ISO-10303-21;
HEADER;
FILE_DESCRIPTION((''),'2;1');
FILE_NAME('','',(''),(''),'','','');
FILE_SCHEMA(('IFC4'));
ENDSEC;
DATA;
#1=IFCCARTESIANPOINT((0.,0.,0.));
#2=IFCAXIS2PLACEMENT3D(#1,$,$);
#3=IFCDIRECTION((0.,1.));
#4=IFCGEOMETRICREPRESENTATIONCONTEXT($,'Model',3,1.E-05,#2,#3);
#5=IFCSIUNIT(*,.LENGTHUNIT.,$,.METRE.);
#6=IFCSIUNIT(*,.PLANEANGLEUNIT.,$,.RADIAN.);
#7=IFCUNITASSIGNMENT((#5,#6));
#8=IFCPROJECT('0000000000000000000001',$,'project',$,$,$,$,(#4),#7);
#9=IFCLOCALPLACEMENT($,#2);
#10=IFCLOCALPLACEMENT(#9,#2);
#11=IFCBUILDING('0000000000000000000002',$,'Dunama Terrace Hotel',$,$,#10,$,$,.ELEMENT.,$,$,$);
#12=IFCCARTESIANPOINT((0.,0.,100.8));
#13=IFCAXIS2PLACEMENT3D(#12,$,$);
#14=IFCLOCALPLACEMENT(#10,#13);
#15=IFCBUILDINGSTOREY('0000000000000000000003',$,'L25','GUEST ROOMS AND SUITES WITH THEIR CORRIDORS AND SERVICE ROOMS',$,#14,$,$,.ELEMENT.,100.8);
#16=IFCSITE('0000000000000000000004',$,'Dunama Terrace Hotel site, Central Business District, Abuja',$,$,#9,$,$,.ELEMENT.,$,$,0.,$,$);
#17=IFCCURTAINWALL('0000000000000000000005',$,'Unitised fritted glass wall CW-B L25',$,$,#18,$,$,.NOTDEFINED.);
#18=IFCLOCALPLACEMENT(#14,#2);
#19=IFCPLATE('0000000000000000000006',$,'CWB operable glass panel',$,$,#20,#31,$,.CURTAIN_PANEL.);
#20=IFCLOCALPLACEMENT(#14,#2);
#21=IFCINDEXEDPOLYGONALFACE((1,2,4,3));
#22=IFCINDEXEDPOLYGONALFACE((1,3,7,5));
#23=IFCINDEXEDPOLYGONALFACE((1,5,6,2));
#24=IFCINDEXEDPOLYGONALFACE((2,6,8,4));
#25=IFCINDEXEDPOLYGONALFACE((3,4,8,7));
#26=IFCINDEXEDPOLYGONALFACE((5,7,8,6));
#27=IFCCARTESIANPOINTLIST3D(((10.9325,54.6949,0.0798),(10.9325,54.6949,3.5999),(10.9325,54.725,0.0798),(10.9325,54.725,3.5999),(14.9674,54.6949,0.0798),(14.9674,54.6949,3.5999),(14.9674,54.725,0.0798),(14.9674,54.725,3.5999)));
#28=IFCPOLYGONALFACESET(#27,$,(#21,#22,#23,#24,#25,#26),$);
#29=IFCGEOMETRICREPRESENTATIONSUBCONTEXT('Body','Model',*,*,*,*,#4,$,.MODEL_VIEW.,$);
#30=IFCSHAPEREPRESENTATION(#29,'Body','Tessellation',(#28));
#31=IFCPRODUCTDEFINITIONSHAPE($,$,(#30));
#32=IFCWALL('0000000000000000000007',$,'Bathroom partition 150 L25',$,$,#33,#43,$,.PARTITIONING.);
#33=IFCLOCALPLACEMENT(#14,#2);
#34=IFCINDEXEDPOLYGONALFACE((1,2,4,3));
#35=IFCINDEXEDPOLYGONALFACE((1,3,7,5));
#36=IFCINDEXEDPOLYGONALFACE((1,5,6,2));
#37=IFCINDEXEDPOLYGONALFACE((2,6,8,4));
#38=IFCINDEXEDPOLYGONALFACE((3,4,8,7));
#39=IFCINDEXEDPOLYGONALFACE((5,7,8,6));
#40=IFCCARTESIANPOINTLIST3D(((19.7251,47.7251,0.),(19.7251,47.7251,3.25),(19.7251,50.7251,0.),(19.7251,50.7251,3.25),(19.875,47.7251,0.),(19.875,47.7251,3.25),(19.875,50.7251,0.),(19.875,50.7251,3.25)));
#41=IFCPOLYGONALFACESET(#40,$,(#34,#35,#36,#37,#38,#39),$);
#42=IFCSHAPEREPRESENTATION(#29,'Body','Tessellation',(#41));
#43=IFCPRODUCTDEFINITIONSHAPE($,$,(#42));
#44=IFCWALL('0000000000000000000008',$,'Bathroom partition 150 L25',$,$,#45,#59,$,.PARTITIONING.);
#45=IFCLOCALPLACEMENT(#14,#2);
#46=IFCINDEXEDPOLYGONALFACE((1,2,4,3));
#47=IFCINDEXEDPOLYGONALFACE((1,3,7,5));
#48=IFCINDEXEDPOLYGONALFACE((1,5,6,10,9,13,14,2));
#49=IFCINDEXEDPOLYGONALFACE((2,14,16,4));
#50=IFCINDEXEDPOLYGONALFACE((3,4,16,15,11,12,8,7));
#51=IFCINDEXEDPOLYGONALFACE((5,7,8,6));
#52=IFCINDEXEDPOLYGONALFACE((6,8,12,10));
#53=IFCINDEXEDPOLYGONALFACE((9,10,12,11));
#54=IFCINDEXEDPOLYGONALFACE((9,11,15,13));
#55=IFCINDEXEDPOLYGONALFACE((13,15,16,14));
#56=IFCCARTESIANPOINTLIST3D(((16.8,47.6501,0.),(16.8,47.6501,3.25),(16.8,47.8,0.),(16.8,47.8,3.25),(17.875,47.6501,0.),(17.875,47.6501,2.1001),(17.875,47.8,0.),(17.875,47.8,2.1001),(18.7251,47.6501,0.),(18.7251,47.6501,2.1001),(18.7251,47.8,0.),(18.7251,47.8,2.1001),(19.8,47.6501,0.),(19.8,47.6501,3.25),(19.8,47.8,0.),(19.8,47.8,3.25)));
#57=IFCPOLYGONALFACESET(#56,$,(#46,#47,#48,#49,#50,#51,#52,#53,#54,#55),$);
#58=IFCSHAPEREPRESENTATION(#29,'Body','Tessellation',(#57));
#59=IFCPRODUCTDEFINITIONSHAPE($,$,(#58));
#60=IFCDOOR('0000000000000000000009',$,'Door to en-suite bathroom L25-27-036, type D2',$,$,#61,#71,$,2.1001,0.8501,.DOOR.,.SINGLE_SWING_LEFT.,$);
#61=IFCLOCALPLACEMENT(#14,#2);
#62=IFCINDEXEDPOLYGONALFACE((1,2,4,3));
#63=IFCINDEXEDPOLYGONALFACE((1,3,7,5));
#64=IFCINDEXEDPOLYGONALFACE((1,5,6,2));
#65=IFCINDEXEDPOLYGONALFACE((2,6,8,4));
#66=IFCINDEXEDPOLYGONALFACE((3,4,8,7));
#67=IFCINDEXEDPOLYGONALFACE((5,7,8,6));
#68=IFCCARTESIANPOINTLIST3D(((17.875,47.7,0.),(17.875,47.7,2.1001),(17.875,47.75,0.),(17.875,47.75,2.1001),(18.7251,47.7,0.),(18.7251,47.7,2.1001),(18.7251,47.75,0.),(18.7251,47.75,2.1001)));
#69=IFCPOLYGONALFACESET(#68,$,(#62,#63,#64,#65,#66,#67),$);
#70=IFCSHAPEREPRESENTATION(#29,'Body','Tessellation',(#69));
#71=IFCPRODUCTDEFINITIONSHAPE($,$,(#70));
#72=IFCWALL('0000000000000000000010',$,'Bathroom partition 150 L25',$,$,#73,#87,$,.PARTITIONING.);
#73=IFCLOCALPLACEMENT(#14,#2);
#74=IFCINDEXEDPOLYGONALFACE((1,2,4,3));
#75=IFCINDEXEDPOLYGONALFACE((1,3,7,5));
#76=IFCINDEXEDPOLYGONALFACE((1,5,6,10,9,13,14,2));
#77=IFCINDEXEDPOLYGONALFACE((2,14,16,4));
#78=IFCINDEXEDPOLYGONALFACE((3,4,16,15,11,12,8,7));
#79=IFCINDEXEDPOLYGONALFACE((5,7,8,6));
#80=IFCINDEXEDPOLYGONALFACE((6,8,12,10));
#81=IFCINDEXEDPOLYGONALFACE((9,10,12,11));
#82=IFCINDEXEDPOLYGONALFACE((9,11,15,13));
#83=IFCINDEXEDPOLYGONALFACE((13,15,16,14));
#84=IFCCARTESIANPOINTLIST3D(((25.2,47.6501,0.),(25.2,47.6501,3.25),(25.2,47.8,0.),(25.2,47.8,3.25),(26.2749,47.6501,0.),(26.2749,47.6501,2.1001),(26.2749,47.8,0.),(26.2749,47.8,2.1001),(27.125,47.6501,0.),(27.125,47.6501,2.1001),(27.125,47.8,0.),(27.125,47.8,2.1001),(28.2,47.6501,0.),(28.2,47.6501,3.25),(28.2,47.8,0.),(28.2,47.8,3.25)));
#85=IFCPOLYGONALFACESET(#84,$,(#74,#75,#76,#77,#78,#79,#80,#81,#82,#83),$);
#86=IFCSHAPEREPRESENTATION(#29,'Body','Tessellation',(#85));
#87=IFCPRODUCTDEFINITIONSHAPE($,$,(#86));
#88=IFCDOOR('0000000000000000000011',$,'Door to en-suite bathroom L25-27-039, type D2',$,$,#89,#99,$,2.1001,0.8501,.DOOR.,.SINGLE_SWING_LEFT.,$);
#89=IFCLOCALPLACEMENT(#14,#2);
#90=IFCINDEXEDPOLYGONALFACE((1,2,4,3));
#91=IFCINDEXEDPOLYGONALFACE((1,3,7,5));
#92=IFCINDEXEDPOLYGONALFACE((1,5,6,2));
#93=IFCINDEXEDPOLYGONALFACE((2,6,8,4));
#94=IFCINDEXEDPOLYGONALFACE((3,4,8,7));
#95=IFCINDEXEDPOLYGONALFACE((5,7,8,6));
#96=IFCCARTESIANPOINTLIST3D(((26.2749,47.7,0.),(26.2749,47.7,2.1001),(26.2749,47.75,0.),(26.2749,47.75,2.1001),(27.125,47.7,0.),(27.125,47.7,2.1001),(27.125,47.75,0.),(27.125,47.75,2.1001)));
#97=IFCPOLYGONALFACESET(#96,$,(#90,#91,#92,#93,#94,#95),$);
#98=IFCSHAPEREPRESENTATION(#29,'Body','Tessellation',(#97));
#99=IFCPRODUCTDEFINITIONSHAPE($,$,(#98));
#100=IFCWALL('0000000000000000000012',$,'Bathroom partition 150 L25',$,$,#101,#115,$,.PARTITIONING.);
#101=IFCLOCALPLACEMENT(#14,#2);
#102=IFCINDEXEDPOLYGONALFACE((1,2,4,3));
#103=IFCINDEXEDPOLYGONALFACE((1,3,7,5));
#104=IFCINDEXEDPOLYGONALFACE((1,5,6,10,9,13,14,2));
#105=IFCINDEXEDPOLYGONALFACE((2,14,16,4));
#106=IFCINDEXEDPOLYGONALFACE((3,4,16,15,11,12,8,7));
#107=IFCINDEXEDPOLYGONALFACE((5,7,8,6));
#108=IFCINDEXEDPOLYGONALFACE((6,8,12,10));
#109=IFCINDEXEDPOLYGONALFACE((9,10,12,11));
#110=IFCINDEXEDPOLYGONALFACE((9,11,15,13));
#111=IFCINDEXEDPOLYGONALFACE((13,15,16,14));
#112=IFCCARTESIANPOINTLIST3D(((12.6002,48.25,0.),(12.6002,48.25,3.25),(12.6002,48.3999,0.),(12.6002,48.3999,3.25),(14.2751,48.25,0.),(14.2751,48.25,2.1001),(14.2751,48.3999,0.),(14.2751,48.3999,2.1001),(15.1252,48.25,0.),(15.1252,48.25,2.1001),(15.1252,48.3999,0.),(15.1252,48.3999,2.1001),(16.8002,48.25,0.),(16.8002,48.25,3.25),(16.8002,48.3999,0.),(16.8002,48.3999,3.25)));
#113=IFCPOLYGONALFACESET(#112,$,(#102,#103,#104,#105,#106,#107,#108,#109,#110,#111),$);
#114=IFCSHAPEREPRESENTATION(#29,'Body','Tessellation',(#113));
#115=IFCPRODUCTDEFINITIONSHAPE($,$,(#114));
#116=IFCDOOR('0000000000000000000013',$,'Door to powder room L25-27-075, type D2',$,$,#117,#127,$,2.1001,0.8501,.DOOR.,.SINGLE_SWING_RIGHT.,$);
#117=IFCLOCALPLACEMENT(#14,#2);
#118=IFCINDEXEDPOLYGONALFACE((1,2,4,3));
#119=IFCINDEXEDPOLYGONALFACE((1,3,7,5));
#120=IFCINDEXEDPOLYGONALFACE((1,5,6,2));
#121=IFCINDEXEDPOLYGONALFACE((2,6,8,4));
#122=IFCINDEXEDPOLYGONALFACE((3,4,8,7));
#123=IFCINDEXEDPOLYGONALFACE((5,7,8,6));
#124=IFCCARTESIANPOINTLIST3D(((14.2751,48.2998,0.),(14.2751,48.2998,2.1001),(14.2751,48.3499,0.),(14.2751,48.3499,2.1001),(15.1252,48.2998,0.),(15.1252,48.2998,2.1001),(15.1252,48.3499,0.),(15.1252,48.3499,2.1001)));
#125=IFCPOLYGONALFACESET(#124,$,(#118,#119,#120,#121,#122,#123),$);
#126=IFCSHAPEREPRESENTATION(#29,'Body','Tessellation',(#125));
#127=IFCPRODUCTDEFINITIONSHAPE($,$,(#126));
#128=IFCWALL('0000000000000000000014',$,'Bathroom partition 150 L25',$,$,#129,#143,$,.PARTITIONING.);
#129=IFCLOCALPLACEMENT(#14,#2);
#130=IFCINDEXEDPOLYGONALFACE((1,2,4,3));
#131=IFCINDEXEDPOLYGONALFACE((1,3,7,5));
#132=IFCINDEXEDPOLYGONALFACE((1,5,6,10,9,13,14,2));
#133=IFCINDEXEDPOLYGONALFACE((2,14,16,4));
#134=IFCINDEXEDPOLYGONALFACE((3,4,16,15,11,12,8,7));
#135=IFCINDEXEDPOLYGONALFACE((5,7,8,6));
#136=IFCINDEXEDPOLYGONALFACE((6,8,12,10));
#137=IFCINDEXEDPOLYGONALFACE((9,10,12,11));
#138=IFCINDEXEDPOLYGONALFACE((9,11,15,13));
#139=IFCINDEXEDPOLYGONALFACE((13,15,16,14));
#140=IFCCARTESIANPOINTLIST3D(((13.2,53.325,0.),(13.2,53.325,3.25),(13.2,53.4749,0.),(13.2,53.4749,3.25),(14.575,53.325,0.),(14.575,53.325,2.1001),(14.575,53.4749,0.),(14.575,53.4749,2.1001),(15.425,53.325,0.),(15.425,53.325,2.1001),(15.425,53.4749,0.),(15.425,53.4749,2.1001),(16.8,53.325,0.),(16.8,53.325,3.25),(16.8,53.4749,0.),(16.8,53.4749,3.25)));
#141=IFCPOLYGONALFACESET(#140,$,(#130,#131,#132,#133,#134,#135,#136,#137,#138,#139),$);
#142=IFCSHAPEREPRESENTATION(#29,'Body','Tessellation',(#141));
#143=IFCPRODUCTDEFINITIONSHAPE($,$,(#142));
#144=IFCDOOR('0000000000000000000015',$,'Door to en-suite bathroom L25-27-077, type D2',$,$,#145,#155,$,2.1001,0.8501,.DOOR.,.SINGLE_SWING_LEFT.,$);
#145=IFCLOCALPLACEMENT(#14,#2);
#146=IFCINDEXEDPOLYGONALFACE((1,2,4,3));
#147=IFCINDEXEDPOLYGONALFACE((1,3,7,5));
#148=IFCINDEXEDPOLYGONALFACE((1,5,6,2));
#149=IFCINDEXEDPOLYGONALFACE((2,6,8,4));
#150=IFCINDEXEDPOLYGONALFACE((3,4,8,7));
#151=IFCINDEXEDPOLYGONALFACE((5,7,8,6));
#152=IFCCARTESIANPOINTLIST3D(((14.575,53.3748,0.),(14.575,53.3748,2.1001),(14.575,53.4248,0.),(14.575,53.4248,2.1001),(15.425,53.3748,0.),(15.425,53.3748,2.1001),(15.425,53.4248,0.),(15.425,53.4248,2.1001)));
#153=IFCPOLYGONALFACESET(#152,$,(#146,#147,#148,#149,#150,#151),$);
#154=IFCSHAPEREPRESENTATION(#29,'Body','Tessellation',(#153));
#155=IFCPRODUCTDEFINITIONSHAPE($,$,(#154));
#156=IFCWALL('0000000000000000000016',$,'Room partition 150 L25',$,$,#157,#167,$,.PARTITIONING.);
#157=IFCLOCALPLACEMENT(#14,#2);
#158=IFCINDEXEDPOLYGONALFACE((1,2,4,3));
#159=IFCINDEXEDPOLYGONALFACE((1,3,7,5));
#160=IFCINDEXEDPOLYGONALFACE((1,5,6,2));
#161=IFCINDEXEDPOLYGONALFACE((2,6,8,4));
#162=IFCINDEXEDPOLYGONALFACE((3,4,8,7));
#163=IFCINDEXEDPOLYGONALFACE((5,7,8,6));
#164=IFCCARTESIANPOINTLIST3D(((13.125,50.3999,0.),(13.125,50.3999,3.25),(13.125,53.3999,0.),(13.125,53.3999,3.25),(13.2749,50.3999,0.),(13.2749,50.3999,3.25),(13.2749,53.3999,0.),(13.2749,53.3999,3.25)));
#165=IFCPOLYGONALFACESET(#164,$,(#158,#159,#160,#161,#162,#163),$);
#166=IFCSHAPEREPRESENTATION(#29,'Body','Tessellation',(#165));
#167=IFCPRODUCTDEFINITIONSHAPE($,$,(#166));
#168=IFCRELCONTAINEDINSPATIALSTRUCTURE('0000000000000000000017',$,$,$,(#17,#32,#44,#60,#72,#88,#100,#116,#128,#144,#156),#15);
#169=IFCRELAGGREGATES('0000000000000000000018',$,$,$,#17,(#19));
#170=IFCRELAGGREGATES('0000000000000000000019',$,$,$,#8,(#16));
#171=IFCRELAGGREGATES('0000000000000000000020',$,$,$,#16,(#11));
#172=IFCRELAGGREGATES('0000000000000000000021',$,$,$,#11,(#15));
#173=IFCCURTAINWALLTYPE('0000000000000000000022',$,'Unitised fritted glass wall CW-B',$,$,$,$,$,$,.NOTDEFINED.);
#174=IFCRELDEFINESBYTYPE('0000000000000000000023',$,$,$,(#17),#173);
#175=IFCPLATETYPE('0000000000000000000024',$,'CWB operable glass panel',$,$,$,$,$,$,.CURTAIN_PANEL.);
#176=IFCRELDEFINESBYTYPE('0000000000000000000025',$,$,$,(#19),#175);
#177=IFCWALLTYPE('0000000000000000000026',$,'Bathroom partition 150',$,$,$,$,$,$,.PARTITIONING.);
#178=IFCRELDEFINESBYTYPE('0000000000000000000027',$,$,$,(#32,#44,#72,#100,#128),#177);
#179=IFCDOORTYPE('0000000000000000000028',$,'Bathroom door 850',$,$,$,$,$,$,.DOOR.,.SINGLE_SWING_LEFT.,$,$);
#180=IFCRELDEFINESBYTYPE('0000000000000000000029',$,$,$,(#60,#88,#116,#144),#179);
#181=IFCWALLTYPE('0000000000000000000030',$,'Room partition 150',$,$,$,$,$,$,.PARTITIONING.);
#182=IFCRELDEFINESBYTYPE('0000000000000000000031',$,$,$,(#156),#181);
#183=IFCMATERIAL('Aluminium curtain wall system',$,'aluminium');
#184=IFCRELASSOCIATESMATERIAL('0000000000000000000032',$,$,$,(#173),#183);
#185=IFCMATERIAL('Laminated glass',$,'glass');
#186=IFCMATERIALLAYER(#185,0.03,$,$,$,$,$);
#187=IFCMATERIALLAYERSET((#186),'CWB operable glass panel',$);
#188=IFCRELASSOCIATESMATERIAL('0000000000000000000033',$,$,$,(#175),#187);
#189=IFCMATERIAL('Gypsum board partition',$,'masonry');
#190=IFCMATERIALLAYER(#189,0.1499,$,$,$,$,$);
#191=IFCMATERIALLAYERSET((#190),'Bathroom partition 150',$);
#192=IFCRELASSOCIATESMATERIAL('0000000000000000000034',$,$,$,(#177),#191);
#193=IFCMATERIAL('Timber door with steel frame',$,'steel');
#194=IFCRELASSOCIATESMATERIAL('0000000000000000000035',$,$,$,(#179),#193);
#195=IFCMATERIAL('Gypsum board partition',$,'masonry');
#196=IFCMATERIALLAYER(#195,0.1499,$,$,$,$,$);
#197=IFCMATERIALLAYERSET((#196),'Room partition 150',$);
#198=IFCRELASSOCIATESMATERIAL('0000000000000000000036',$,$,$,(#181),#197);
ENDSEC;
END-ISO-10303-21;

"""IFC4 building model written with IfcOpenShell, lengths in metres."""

from ifc_helpers import new_model, si_unit, direction, frame, frame_2d, origin, origin_2d, place, context, subcontext, project, spatial, rectangle, extrude, material, layer, layer_set, type_object, element, fill, aggregate, save


model = new_model("IFC4")

# Units and contexts
model_context = context("Model", 3, precision=1e-05, world=origin(), true_north=direction((0.0, 1.0)))
body_context = subcontext(model_context, "Body", "Model", "MODEL_VIEW")
ifc_project = project(units=[si_unit("LENGTHUNIT", "METRE"), si_unit("PLANEANGLEUNIT", "RADIAN")], contexts=[model_context])

# Site, building, storey
site_placement = place(None, origin())
site = spatial("IfcSite", under=ifc_project, at=site_placement, Name="Dunama Terrace Hotel site, Central Business District, Abuja", CompositionType="ELEMENT", RefElevation=0.0)
building_placement = place(site_placement, origin())
building = spatial("IfcBuilding", under=site, at=building_placement, Name="Dunama Terrace Hotel", CompositionType="ELEMENT")
storey_placement = place(building_placement, frame((0.0, 0.0, 100.8)))
storey = spatial("IfcBuildingStorey", under=building, at=storey_placement, Name="L25", Description="GUEST ROOMS AND SUITES WITH THEIR CORRIDORS AND SERVICE ROOMS", CompositionType="ELEMENT", Elevation=100.8)

# Curtain wall
ifc_material_1 = material(Name="Aluminium curtain wall system", Category="aluminium")
curtain_wall_type = type_object("IfcCurtainWallType", Name="Unitised fritted glass wall CW-B", PredefinedType="NOTDEFINED", material=ifc_material_1)
curtain_wall_placement = place(storey_placement, origin())
curtain_wall = element("IfcCurtainWall", 1, at=curtain_wall_placement, inside=storey, type_object=curtain_wall_type, Name="Unitised fritted glass wall CW-B L25", PredefinedType="NOTDEFINED")

# Plate
ifc_material_2 = material(Name="Laminated glass", Category="glass")
ifc_layer_1 = layer(ifc_material_2, 0.03)
ifc_layer_set_1 = layer_set([ifc_layer_1], Name="CWB operable glass panel")
plate_type_1 = type_object("IfcPlateType", Name="CWB operable glass panel", PredefinedType="CURTAIN_PANEL", material=ifc_layer_set_1)
plate_1_placement = place(storey_placement, frame((12.95, 54.71, 0.0798), z_axis=(0.0, 0.0, 1.0), x_axis=(-1.0, 0.0, 0.0)))
plate_1 = element("IfcPlate", 2, at=plate_1_placement, type_object=plate_type_1, Name="CWB operable glass panel", PredefinedType="CURTAIN_PANEL", context=body_context, shape_type="SweptSolid", body=[
    extrude(rectangle(XDim=4.0349, YDim=0.03, at=origin_2d()), origin(), (0.0, 0.0, 1.0), 3.52),
])
aggregate(curtain_wall, [plate_1])

# Wall
ifc_material_3 = material(Name="Gypsum board partition", Category="masonry")
ifc_layer_2 = layer(ifc_material_3, 0.1499)
ifc_layer_set_2 = layer_set([ifc_layer_2], Name="Bathroom partition 150")
wall_type_1 = type_object("IfcWallType", Name="Bathroom partition 150", PredefinedType="PARTITIONING", material=ifc_layer_set_2)
wall_1_placement = place(storey_placement, frame((19.8, 47.7251, 0.0), z_axis=(0.0, 0.0, 1.0), x_axis=(0.0, 1.0, 0.0)))
element("IfcWall", 3, at=wall_1_placement, inside=storey, type_object=wall_type_1, Name="Bathroom partition 150 L25", PredefinedType="PARTITIONING", context=body_context, shape_type="SweptSolid", body=[
    extrude(rectangle(XDim=3.0, YDim=0.1499, at=frame_2d((1.5, 0.0))), origin(), (0.0, 0.0, 1.0), 3.25),
])

# Walls, openings, doors
wall_2_placement = place(storey_placement, frame((16.8, 47.7251, 0.0), z_axis=(0.0, 0.0, 1.0), x_axis=(1.0, 0.0, 0.0)))
wall_2 = element("IfcWall", 4, at=wall_2_placement, inside=storey, type_object=wall_type_1, Name="Bathroom partition 150 L25", PredefinedType="PARTITIONING", context=body_context, shape_type="SweptSolid", body=[
    extrude(rectangle(XDim=3.0, YDim=0.1499, at=frame_2d((1.5, 0.0))), origin(), (0.0, 0.0, 1.0), 3.25),
])
opening_1_placement = place(wall_2_placement, frame((1.075, 0.0, 0.0)))
opening_1 = element("IfcOpeningElement", 5, at=opening_1_placement, cuts=wall_2, PredefinedType="OPENING", context=body_context, shape_type="SweptSolid", body=[
    extrude(rectangle(XDim=0.8501, YDim=2.1001, at=frame_2d((0.425, 1.05))), frame((0.0, 0.085, 0.0), z_axis=(0.0, -1.0, 0.0), x_axis=(1.0, 0.0, 0.0)), (0.0, 0.0, 1.0), 0.1699),
])
ifc_material_4 = material(Name="Timber door with steel frame", Category="steel")
door_type_1 = type_object("IfcDoorType", Name="Bathroom door 850", OperationType="SINGLE_SWING_LEFT", PredefinedType="DOOR", material=ifc_material_4)
door_1_placement = place(opening_1_placement, origin())
door_1 = element("IfcDoor", 6, at=door_1_placement, inside=storey, type_object=door_type_1, Name="Door to en-suite bathroom L25-27-036, type D2", OperationType="SINGLE_SWING_LEFT", OverallHeight=2.1001, OverallWidth=0.8501, PredefinedType="DOOR", context=body_context, shape_type="SweptSolid", body=[
    extrude(rectangle(XDim=0.8501, YDim=2.1001, at=frame_2d((0.425, 1.05))), frame((0.0, 0.0249, 0.0), z_axis=(0.0, -1.0, 0.0), x_axis=(1.0, 0.0, 0.0)), (0.0, 0.0, 1.0), 0.05),
])
fill(opening_1, door_1)
wall_3_placement = place(storey_placement, frame((25.2, 47.7251, 0.0), z_axis=(0.0, 0.0, 1.0), x_axis=(1.0, 0.0, 0.0)))
wall_3 = element("IfcWall", 7, at=wall_3_placement, inside=storey, type_object=wall_type_1, Name="Bathroom partition 150 L25", PredefinedType="PARTITIONING", context=body_context, shape_type="SweptSolid", body=[
    extrude(rectangle(XDim=3.0, YDim=0.1499, at=frame_2d((1.5, 0.0))), origin(), (0.0, 0.0, 1.0), 3.25),
])
opening_2_placement = place(wall_3_placement, frame((1.075, 0.0, 0.0)))
opening_2 = element("IfcOpeningElement", 8, at=opening_2_placement, cuts=wall_3, PredefinedType="OPENING", context=body_context, shape_type="SweptSolid", body=[
    extrude(rectangle(XDim=0.8501, YDim=2.1001, at=frame_2d((0.425, 1.05))), frame((0.0, 0.085, 0.0), z_axis=(0.0, -1.0, 0.0), x_axis=(1.0, 0.0, 0.0)), (0.0, 0.0, 1.0), 0.1699),
])
door_2_placement = place(opening_2_placement, origin())
door_2 = element("IfcDoor", 9, at=door_2_placement, inside=storey, type_object=door_type_1, Name="Door to en-suite bathroom L25-27-039, type D2", OperationType="SINGLE_SWING_LEFT", OverallHeight=2.1001, OverallWidth=0.8501, PredefinedType="DOOR", context=body_context, shape_type="SweptSolid", body=[
    extrude(rectangle(XDim=0.8501, YDim=2.1001, at=frame_2d((0.425, 1.05))), frame((0.0, 0.0249, 0.0), z_axis=(0.0, -1.0, 0.0), x_axis=(1.0, 0.0, 0.0)), (0.0, 0.0, 1.0), 0.05),
])
fill(opening_2, door_2)
wall_4_placement = place(storey_placement, frame((12.6001, 48.325, 0.0), z_axis=(0.0, 0.0, 1.0), x_axis=(1.0, 0.0, 0.0)))
wall_4 = element("IfcWall", 10, at=wall_4_placement, inside=storey, type_object=wall_type_1, Name="Bathroom partition 150 L25", PredefinedType="PARTITIONING", context=body_context, shape_type="SweptSolid", body=[
    extrude(rectangle(XDim=4.2, YDim=0.1499, at=frame_2d((2.1001, 0.0))), origin(), (0.0, 0.0, 1.0), 3.25),
])
opening_3_placement = place(wall_4_placement, frame((1.675, 0.0, 0.0)))
opening_3 = element("IfcOpeningElement", 11, at=opening_3_placement, cuts=wall_4, PredefinedType="OPENING", context=body_context, shape_type="SweptSolid", body=[
    extrude(rectangle(XDim=0.8501, YDim=2.1001, at=frame_2d((0.425, 1.05))), frame((0.0, 0.085, 0.0), z_axis=(0.0, -1.0, 0.0), x_axis=(1.0, 0.0, 0.0)), (0.0, 0.0, 1.0), 0.1699),
])
door_3_placement = place(opening_3_placement, frame((0.8501, 0.0, 0.0), z_axis=(0.0, 0.0, 1.0), x_axis=(-1.0, 0.0, 0.0)))
door_3 = element("IfcDoor", 12, at=door_3_placement, inside=storey, type_object=door_type_1, Name="Door to powder room L25-27-075, type D2", OperationType="SINGLE_SWING_RIGHT", OverallHeight=2.1001, OverallWidth=0.8501, PredefinedType="DOOR", context=body_context, shape_type="SweptSolid", body=[
    extrude(rectangle(XDim=0.8501, YDim=2.1001, at=frame_2d((0.425, 1.05))), frame((0.0, 0.0251, 0.0), z_axis=(0.0, -1.0, 0.0), x_axis=(1.0, 0.0, 0.0)), (0.0, 0.0, 1.0), 0.05),
])
fill(opening_3, door_3)
wall_5_placement = place(storey_placement, frame((13.2, 53.3999, 0.0), z_axis=(0.0, 0.0, 1.0), x_axis=(1.0, 0.0, 0.0)))
wall_5 = element("IfcWall", 13, at=wall_5_placement, inside=storey, type_object=wall_type_1, Name="Bathroom partition 150 L25", PredefinedType="PARTITIONING", context=body_context, shape_type="SweptSolid", body=[
    extrude(rectangle(XDim=3.6001, YDim=0.1499, at=frame_2d((1.8, 0.0))), origin(), (0.0, 0.0, 1.0), 3.25),
])
opening_4_placement = place(wall_5_placement, frame((1.375, 0.0, 0.0)))
opening_4 = element("IfcOpeningElement", 14, at=opening_4_placement, cuts=wall_5, PredefinedType="OPENING", context=body_context, shape_type="SweptSolid", body=[
    extrude(rectangle(XDim=0.8501, YDim=2.1001, at=frame_2d((0.425, 1.05))), frame((0.0, 0.085, 0.0), z_axis=(0.0, -1.0, 0.0), x_axis=(1.0, 0.0, 0.0)), (0.0, 0.0, 1.0), 0.1699),
])
door_4_placement = place(opening_4_placement, frame((0.8501, 0.0, 0.0), z_axis=(0.0, 0.0, 1.0), x_axis=(-1.0, 0.0, 0.0)))
door_4 = element("IfcDoor", 15, at=door_4_placement, inside=storey, type_object=door_type_1, Name="Door to en-suite bathroom L25-27-077, type D2", OperationType="SINGLE_SWING_LEFT", OverallHeight=2.1001, OverallWidth=0.8501, PredefinedType="DOOR", context=body_context, shape_type="SweptSolid", body=[
    extrude(rectangle(XDim=0.8501, YDim=2.1001, at=frame_2d((0.425, 1.05))), frame((0.0, 0.0251, 0.0), z_axis=(0.0, -1.0, 0.0), x_axis=(1.0, 0.0, 0.0)), (0.0, 0.0, 1.0), 0.05),
])
fill(opening_4, door_4)

# Wall
ifc_material_5 = material(Name="Gypsum board partition", Category="masonry")
ifc_layer_3 = layer(ifc_material_5, 0.1499)
ifc_layer_set_3 = layer_set([ifc_layer_3], Name="Room partition 150")
wall_type_2 = type_object("IfcWallType", Name="Room partition 150", PredefinedType="PARTITIONING", material=ifc_layer_set_3)
wall_6_placement = place(storey_placement, frame((13.2, 50.3999, 0.0), z_axis=(0.0, 0.0, 1.0), x_axis=(0.0, 1.0, 0.0)))
element("IfcWall", 16, at=wall_6_placement, inside=storey, type_object=wall_type_2, Name="Room partition 150 L25", PredefinedType="PARTITIONING", context=body_context, shape_type="SweptSolid", body=[
    extrude(rectangle(XDim=3.0, YDim=0.1499, at=frame_2d((1.5, 0.0))), origin(), (0.0, 0.0, 1.0), 3.25),
])

save(model, "model.ifc")
